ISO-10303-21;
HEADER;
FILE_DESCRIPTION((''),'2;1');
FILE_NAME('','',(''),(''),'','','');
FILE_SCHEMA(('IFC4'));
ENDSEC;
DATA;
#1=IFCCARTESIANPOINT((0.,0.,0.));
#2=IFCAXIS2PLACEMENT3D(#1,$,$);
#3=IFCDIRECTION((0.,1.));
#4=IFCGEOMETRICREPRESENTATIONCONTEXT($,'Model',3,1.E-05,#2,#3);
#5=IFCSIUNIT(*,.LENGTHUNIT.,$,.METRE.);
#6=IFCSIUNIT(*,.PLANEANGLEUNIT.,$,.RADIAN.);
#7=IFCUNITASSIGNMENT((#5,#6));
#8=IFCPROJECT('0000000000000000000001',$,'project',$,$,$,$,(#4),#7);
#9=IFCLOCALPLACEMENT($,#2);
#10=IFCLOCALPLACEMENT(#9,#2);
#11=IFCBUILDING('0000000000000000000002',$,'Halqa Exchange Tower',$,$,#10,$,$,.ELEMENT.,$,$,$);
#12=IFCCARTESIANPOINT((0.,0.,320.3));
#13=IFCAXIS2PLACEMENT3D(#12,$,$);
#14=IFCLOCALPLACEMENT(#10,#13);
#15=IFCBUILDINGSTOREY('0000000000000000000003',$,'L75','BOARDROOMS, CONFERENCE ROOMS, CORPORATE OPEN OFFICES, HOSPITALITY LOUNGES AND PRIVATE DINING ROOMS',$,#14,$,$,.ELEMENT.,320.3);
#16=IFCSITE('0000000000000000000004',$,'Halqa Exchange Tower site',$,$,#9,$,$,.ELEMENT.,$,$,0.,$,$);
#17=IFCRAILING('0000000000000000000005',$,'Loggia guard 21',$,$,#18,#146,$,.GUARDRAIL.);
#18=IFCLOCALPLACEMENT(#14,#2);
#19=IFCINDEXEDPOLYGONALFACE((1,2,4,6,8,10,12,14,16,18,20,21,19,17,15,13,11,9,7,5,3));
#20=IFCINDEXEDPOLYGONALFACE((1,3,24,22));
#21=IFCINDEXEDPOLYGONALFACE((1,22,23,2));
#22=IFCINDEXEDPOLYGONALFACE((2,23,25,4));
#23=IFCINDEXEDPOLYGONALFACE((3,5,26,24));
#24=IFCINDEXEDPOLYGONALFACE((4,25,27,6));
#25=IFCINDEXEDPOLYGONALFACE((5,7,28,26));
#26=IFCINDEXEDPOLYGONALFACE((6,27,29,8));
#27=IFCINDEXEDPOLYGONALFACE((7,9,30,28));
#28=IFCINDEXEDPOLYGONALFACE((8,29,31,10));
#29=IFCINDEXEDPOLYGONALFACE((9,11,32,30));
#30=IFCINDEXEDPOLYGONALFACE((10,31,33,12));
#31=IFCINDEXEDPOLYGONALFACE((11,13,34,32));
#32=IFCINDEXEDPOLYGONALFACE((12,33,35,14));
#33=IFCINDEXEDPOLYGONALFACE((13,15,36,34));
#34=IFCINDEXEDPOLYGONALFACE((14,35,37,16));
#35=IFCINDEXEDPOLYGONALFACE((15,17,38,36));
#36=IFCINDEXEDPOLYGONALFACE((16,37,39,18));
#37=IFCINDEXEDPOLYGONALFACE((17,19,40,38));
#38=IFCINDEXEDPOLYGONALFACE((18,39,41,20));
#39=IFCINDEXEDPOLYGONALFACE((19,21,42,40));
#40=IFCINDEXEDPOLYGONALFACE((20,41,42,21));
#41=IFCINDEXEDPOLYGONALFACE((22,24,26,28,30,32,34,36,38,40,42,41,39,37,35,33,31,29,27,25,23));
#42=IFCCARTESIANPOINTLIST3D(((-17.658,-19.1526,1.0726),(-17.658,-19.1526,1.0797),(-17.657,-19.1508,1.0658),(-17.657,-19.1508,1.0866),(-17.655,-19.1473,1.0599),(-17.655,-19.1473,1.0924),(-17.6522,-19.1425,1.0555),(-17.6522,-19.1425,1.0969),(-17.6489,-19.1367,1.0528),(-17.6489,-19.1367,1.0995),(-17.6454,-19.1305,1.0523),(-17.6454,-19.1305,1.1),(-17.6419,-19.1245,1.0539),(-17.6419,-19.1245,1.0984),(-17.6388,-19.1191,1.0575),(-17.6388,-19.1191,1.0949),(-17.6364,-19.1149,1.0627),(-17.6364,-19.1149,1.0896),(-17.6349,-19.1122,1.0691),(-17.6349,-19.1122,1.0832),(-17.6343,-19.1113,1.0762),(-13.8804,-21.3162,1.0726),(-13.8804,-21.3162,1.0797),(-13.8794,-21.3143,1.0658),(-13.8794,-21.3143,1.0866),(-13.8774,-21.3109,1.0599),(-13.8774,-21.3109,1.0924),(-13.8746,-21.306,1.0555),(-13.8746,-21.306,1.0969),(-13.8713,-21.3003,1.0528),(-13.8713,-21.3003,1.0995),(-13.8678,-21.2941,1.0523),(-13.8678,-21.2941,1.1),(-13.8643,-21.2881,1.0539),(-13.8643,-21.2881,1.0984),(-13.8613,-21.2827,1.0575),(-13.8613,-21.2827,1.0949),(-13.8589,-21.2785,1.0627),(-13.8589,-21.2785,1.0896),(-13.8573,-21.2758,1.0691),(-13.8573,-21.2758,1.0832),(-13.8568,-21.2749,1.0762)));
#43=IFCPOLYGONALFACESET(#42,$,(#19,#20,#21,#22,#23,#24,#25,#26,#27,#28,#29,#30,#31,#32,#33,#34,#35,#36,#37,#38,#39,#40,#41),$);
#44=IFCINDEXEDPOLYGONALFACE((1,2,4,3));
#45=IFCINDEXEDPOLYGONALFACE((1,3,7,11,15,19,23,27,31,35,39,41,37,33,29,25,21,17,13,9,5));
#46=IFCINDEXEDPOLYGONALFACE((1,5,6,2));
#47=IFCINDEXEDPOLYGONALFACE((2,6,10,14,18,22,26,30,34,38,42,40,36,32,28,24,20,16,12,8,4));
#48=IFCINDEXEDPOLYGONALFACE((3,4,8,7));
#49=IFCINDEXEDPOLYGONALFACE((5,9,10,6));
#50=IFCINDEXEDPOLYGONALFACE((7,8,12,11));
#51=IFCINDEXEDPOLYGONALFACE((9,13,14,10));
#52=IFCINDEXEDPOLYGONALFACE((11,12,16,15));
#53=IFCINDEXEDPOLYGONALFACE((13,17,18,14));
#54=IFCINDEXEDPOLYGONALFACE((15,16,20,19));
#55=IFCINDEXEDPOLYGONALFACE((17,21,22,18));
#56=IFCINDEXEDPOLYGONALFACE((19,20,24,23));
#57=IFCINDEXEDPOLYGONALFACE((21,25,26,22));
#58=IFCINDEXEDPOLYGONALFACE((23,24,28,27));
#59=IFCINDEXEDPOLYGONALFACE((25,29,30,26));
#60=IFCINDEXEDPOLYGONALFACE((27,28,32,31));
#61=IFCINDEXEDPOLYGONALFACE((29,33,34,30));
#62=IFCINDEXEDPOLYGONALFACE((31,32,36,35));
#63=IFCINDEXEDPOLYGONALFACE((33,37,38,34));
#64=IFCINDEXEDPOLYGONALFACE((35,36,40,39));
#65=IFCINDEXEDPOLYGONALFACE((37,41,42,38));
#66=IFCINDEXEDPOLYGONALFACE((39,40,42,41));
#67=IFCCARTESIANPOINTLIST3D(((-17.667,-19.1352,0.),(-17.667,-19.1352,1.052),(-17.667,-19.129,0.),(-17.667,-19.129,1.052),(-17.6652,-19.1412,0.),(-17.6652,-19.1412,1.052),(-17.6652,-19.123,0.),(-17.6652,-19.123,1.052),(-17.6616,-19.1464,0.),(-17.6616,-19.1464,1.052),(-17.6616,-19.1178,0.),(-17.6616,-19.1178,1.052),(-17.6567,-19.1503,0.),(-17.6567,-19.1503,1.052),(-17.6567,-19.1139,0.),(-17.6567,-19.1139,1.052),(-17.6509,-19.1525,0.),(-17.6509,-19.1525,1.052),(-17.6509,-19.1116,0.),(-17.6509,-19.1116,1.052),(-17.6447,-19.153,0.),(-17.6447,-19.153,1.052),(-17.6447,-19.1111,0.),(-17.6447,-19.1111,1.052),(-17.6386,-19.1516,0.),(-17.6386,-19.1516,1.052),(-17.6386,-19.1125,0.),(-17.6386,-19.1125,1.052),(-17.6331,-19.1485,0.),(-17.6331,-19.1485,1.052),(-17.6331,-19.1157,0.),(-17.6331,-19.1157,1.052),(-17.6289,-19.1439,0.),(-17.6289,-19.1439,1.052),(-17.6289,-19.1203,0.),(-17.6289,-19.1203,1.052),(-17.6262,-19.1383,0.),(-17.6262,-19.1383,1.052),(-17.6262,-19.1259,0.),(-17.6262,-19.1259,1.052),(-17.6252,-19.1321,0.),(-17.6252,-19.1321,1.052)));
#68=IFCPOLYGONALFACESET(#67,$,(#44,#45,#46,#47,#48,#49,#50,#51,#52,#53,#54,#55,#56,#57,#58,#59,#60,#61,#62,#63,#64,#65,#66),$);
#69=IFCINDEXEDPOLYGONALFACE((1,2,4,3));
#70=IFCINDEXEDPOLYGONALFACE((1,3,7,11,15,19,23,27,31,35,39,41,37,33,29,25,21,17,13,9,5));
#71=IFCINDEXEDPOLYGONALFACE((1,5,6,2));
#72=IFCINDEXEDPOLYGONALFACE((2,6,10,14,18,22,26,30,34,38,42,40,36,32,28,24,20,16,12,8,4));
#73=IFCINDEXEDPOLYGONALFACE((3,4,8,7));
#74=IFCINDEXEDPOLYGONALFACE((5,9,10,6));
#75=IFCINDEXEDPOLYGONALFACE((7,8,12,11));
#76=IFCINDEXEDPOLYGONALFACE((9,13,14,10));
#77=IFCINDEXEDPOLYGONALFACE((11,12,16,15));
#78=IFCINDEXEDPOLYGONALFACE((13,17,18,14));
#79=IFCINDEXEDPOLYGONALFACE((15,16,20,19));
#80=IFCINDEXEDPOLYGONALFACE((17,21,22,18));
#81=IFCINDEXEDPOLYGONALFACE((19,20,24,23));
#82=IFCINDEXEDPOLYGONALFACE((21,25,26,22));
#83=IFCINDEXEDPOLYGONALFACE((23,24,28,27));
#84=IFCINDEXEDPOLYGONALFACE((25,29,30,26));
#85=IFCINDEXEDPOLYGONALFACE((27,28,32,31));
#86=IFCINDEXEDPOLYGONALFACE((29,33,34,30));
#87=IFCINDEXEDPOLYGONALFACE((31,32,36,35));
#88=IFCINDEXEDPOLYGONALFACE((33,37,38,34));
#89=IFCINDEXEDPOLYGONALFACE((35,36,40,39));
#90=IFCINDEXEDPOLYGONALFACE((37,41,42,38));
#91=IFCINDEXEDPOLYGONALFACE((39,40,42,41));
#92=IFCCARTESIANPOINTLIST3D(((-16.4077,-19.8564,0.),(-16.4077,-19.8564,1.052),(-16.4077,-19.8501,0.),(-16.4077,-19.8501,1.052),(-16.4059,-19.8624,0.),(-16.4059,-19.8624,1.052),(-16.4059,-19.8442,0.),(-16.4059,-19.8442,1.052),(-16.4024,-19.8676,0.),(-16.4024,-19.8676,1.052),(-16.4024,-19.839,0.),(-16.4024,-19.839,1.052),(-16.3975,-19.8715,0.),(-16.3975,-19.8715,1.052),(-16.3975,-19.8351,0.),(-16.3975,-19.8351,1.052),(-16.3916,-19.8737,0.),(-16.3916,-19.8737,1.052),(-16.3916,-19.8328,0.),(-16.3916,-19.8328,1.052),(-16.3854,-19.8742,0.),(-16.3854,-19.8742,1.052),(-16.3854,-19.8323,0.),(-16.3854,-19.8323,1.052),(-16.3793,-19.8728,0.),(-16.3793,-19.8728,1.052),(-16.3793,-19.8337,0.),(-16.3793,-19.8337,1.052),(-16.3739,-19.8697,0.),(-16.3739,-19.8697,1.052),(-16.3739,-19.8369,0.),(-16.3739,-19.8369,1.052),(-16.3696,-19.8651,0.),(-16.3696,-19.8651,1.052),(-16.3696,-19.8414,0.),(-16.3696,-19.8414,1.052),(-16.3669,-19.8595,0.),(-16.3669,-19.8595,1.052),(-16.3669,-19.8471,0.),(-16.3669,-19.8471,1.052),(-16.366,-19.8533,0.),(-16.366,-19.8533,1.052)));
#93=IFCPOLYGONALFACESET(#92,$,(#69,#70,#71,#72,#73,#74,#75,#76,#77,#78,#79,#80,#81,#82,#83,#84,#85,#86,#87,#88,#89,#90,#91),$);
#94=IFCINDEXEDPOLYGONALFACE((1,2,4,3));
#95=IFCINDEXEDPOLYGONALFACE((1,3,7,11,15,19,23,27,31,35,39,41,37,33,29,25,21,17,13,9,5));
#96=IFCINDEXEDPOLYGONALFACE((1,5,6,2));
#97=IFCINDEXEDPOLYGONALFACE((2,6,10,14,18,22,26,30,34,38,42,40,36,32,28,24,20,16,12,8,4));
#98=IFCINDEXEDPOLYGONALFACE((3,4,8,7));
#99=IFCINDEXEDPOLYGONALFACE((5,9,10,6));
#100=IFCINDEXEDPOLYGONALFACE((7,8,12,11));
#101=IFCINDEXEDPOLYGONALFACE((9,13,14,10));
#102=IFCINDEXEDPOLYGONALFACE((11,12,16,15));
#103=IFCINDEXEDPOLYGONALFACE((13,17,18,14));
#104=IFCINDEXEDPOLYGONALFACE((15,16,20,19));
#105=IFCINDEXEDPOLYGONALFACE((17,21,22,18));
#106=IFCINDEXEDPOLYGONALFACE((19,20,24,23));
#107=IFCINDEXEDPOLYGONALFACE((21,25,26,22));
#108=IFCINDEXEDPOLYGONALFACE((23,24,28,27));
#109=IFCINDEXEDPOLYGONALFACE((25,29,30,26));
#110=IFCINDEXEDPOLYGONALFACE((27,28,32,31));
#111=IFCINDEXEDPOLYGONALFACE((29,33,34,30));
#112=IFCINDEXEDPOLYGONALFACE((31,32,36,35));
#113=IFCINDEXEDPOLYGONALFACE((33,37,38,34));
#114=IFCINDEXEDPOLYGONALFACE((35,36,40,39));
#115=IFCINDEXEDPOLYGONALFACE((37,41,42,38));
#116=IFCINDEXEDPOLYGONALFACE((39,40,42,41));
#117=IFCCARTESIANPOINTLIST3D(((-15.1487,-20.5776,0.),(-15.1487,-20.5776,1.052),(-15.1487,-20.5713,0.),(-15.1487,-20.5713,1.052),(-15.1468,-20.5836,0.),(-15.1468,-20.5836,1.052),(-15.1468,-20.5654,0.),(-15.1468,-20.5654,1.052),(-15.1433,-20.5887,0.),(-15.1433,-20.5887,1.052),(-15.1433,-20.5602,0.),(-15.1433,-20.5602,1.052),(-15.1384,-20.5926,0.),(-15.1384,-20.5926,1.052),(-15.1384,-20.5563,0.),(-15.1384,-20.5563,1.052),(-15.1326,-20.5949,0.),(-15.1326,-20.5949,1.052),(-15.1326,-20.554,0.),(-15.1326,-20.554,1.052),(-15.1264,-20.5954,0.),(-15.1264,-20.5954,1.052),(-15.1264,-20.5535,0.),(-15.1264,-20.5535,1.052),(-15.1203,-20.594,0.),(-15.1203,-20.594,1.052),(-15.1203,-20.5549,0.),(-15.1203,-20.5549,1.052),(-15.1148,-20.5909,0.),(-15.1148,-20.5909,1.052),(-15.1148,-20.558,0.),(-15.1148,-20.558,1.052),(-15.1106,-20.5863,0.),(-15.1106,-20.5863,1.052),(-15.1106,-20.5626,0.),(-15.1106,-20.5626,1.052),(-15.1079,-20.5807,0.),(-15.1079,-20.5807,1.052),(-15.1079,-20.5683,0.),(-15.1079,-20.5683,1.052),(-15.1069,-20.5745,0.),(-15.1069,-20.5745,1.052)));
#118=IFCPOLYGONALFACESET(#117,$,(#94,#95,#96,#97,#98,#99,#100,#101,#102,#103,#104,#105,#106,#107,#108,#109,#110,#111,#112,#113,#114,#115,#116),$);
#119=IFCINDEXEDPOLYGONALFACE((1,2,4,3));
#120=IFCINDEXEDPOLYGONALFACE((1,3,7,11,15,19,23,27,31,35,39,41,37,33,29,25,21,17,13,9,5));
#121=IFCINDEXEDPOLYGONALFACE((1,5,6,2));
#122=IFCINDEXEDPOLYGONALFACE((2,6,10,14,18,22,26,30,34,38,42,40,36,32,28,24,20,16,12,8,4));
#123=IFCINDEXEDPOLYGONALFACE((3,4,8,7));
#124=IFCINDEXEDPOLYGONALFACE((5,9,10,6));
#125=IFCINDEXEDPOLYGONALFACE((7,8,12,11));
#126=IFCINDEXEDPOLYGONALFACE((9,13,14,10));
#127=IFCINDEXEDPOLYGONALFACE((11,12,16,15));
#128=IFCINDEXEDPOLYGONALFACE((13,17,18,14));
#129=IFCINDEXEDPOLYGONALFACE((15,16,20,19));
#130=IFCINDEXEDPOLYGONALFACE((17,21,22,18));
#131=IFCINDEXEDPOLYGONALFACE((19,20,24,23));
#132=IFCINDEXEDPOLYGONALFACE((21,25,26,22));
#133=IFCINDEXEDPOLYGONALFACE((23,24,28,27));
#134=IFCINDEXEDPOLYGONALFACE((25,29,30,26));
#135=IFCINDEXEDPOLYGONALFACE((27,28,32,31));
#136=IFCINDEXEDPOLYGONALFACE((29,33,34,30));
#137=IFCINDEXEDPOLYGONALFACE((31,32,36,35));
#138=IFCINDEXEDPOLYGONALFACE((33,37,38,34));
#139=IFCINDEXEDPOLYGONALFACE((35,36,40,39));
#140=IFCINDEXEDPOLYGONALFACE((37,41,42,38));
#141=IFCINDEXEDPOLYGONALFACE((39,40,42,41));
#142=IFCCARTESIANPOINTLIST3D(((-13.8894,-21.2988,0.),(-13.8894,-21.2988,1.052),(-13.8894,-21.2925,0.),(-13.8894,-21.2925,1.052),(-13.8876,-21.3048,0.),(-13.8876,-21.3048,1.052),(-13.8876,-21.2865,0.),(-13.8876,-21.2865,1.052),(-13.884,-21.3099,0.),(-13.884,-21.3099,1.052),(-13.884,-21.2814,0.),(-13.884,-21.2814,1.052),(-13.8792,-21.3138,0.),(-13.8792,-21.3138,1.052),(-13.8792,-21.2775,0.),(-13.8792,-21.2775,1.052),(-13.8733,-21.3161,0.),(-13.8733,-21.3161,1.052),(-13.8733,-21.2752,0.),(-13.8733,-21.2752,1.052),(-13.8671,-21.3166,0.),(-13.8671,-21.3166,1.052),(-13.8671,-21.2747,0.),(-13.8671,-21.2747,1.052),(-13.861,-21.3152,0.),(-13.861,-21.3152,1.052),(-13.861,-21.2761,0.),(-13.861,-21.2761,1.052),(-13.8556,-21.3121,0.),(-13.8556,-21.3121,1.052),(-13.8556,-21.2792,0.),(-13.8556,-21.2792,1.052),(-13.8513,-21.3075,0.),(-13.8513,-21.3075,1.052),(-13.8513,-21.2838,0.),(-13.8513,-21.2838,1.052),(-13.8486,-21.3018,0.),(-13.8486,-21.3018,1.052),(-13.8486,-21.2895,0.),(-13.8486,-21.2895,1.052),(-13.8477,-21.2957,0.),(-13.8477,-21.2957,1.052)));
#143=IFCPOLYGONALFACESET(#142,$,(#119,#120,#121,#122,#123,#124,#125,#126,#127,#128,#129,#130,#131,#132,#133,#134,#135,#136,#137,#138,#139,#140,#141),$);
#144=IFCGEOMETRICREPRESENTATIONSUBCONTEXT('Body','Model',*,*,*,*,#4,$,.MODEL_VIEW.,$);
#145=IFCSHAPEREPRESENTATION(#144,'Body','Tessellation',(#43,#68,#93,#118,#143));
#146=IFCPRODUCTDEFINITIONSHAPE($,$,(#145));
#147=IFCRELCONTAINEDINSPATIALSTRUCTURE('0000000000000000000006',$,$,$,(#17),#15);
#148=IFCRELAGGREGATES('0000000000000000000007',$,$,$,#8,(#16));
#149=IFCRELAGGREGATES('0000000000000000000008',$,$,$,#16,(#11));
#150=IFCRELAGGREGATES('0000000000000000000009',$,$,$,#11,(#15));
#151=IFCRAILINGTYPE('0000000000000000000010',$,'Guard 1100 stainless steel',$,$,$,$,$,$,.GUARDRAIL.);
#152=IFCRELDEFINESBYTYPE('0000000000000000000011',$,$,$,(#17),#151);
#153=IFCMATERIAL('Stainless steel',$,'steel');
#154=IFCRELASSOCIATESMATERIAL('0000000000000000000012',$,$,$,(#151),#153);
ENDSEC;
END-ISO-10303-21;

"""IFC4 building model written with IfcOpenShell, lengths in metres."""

from ifc_helpers import new_model, si_unit, direction, frame, origin, origin_2d, place, context, subcontext, project, spatial, circle, extrude, material, type_object, element, save


model = new_model("IFC4")

# Units and contexts
model_context = context("Model", 3, precision=1e-05, world=origin(), true_north=direction((0.0, 1.0)))
body_context = subcontext(model_context, "Body", "Model", "MODEL_VIEW")
ifc_project = project(units=[si_unit("LENGTHUNIT", "METRE"), si_unit("PLANEANGLEUNIT", "RADIAN")], contexts=[model_context])

# Site, building, storey
site_placement = place(None, origin())
site = spatial("IfcSite", under=ifc_project, at=site_placement, Name="Halqa Exchange Tower site", CompositionType="ELEMENT", RefElevation=0.0)
building_placement = place(site_placement, origin())
building = spatial("IfcBuilding", under=site, at=building_placement, Name="Halqa Exchange Tower", CompositionType="ELEMENT")
storey_placement = place(building_placement, frame((0.0, 0.0, 320.3)))
storey = spatial("IfcBuildingStorey", under=building, at=storey_placement, Name="L75", Description="BOARDROOMS, CONFERENCE ROOMS, CORPORATE OPEN OFFICES, HOSPITALITY LOUNGES AND PRIVATE DINING ROOMS", CompositionType="ELEMENT", Elevation=320.3)

# Railing
ifc_material_1 = material(Name="Stainless steel", Category="steel")
railing_type = type_object("IfcRailingType", Name="Guard 1100 stainless steel", PredefinedType="GUARDRAIL", material=ifc_material_1)
railing_1_placement = place(storey_placement, frame((-17.6462, -19.1321, 0.0)))
element("IfcRailing", 1, at=railing_1_placement, inside=storey, type_object=railing_type, Name="Loggia guard 21", PredefinedType="GUARDRAIL", context=body_context, shape_type="SweptSolid", body=[
    extrude(circle(Radius=0.0239, at=origin_2d()), frame((0.0, 0.0, 1.0762), z_axis=(0.867753, -0.496996, 0.0), x_axis=(0.496996, 0.867753, 0.0)), (0.0, 0.0, 1.0), 4.3533),
    extrude(circle(Radius=0.021, at=origin_2d()), origin(), (0.0, 0.0, 1.0), 1.052),
    extrude(circle(Radius=0.021, at=origin_2d()), frame((1.2593, -0.7212, 0.0)), (0.0, 0.0, 1.0), 1.052),
    extrude(circle(Radius=0.021, at=origin_2d()), frame((2.5183, -1.4424, 0.0)), (0.0, 0.0, 1.0), 1.052),
    extrude(circle(Radius=0.021, at=origin_2d()), frame((3.7776, -2.1636, 0.0)), (0.0, 0.0, 1.0), 1.052),
])

save(model, "model.ifc")
